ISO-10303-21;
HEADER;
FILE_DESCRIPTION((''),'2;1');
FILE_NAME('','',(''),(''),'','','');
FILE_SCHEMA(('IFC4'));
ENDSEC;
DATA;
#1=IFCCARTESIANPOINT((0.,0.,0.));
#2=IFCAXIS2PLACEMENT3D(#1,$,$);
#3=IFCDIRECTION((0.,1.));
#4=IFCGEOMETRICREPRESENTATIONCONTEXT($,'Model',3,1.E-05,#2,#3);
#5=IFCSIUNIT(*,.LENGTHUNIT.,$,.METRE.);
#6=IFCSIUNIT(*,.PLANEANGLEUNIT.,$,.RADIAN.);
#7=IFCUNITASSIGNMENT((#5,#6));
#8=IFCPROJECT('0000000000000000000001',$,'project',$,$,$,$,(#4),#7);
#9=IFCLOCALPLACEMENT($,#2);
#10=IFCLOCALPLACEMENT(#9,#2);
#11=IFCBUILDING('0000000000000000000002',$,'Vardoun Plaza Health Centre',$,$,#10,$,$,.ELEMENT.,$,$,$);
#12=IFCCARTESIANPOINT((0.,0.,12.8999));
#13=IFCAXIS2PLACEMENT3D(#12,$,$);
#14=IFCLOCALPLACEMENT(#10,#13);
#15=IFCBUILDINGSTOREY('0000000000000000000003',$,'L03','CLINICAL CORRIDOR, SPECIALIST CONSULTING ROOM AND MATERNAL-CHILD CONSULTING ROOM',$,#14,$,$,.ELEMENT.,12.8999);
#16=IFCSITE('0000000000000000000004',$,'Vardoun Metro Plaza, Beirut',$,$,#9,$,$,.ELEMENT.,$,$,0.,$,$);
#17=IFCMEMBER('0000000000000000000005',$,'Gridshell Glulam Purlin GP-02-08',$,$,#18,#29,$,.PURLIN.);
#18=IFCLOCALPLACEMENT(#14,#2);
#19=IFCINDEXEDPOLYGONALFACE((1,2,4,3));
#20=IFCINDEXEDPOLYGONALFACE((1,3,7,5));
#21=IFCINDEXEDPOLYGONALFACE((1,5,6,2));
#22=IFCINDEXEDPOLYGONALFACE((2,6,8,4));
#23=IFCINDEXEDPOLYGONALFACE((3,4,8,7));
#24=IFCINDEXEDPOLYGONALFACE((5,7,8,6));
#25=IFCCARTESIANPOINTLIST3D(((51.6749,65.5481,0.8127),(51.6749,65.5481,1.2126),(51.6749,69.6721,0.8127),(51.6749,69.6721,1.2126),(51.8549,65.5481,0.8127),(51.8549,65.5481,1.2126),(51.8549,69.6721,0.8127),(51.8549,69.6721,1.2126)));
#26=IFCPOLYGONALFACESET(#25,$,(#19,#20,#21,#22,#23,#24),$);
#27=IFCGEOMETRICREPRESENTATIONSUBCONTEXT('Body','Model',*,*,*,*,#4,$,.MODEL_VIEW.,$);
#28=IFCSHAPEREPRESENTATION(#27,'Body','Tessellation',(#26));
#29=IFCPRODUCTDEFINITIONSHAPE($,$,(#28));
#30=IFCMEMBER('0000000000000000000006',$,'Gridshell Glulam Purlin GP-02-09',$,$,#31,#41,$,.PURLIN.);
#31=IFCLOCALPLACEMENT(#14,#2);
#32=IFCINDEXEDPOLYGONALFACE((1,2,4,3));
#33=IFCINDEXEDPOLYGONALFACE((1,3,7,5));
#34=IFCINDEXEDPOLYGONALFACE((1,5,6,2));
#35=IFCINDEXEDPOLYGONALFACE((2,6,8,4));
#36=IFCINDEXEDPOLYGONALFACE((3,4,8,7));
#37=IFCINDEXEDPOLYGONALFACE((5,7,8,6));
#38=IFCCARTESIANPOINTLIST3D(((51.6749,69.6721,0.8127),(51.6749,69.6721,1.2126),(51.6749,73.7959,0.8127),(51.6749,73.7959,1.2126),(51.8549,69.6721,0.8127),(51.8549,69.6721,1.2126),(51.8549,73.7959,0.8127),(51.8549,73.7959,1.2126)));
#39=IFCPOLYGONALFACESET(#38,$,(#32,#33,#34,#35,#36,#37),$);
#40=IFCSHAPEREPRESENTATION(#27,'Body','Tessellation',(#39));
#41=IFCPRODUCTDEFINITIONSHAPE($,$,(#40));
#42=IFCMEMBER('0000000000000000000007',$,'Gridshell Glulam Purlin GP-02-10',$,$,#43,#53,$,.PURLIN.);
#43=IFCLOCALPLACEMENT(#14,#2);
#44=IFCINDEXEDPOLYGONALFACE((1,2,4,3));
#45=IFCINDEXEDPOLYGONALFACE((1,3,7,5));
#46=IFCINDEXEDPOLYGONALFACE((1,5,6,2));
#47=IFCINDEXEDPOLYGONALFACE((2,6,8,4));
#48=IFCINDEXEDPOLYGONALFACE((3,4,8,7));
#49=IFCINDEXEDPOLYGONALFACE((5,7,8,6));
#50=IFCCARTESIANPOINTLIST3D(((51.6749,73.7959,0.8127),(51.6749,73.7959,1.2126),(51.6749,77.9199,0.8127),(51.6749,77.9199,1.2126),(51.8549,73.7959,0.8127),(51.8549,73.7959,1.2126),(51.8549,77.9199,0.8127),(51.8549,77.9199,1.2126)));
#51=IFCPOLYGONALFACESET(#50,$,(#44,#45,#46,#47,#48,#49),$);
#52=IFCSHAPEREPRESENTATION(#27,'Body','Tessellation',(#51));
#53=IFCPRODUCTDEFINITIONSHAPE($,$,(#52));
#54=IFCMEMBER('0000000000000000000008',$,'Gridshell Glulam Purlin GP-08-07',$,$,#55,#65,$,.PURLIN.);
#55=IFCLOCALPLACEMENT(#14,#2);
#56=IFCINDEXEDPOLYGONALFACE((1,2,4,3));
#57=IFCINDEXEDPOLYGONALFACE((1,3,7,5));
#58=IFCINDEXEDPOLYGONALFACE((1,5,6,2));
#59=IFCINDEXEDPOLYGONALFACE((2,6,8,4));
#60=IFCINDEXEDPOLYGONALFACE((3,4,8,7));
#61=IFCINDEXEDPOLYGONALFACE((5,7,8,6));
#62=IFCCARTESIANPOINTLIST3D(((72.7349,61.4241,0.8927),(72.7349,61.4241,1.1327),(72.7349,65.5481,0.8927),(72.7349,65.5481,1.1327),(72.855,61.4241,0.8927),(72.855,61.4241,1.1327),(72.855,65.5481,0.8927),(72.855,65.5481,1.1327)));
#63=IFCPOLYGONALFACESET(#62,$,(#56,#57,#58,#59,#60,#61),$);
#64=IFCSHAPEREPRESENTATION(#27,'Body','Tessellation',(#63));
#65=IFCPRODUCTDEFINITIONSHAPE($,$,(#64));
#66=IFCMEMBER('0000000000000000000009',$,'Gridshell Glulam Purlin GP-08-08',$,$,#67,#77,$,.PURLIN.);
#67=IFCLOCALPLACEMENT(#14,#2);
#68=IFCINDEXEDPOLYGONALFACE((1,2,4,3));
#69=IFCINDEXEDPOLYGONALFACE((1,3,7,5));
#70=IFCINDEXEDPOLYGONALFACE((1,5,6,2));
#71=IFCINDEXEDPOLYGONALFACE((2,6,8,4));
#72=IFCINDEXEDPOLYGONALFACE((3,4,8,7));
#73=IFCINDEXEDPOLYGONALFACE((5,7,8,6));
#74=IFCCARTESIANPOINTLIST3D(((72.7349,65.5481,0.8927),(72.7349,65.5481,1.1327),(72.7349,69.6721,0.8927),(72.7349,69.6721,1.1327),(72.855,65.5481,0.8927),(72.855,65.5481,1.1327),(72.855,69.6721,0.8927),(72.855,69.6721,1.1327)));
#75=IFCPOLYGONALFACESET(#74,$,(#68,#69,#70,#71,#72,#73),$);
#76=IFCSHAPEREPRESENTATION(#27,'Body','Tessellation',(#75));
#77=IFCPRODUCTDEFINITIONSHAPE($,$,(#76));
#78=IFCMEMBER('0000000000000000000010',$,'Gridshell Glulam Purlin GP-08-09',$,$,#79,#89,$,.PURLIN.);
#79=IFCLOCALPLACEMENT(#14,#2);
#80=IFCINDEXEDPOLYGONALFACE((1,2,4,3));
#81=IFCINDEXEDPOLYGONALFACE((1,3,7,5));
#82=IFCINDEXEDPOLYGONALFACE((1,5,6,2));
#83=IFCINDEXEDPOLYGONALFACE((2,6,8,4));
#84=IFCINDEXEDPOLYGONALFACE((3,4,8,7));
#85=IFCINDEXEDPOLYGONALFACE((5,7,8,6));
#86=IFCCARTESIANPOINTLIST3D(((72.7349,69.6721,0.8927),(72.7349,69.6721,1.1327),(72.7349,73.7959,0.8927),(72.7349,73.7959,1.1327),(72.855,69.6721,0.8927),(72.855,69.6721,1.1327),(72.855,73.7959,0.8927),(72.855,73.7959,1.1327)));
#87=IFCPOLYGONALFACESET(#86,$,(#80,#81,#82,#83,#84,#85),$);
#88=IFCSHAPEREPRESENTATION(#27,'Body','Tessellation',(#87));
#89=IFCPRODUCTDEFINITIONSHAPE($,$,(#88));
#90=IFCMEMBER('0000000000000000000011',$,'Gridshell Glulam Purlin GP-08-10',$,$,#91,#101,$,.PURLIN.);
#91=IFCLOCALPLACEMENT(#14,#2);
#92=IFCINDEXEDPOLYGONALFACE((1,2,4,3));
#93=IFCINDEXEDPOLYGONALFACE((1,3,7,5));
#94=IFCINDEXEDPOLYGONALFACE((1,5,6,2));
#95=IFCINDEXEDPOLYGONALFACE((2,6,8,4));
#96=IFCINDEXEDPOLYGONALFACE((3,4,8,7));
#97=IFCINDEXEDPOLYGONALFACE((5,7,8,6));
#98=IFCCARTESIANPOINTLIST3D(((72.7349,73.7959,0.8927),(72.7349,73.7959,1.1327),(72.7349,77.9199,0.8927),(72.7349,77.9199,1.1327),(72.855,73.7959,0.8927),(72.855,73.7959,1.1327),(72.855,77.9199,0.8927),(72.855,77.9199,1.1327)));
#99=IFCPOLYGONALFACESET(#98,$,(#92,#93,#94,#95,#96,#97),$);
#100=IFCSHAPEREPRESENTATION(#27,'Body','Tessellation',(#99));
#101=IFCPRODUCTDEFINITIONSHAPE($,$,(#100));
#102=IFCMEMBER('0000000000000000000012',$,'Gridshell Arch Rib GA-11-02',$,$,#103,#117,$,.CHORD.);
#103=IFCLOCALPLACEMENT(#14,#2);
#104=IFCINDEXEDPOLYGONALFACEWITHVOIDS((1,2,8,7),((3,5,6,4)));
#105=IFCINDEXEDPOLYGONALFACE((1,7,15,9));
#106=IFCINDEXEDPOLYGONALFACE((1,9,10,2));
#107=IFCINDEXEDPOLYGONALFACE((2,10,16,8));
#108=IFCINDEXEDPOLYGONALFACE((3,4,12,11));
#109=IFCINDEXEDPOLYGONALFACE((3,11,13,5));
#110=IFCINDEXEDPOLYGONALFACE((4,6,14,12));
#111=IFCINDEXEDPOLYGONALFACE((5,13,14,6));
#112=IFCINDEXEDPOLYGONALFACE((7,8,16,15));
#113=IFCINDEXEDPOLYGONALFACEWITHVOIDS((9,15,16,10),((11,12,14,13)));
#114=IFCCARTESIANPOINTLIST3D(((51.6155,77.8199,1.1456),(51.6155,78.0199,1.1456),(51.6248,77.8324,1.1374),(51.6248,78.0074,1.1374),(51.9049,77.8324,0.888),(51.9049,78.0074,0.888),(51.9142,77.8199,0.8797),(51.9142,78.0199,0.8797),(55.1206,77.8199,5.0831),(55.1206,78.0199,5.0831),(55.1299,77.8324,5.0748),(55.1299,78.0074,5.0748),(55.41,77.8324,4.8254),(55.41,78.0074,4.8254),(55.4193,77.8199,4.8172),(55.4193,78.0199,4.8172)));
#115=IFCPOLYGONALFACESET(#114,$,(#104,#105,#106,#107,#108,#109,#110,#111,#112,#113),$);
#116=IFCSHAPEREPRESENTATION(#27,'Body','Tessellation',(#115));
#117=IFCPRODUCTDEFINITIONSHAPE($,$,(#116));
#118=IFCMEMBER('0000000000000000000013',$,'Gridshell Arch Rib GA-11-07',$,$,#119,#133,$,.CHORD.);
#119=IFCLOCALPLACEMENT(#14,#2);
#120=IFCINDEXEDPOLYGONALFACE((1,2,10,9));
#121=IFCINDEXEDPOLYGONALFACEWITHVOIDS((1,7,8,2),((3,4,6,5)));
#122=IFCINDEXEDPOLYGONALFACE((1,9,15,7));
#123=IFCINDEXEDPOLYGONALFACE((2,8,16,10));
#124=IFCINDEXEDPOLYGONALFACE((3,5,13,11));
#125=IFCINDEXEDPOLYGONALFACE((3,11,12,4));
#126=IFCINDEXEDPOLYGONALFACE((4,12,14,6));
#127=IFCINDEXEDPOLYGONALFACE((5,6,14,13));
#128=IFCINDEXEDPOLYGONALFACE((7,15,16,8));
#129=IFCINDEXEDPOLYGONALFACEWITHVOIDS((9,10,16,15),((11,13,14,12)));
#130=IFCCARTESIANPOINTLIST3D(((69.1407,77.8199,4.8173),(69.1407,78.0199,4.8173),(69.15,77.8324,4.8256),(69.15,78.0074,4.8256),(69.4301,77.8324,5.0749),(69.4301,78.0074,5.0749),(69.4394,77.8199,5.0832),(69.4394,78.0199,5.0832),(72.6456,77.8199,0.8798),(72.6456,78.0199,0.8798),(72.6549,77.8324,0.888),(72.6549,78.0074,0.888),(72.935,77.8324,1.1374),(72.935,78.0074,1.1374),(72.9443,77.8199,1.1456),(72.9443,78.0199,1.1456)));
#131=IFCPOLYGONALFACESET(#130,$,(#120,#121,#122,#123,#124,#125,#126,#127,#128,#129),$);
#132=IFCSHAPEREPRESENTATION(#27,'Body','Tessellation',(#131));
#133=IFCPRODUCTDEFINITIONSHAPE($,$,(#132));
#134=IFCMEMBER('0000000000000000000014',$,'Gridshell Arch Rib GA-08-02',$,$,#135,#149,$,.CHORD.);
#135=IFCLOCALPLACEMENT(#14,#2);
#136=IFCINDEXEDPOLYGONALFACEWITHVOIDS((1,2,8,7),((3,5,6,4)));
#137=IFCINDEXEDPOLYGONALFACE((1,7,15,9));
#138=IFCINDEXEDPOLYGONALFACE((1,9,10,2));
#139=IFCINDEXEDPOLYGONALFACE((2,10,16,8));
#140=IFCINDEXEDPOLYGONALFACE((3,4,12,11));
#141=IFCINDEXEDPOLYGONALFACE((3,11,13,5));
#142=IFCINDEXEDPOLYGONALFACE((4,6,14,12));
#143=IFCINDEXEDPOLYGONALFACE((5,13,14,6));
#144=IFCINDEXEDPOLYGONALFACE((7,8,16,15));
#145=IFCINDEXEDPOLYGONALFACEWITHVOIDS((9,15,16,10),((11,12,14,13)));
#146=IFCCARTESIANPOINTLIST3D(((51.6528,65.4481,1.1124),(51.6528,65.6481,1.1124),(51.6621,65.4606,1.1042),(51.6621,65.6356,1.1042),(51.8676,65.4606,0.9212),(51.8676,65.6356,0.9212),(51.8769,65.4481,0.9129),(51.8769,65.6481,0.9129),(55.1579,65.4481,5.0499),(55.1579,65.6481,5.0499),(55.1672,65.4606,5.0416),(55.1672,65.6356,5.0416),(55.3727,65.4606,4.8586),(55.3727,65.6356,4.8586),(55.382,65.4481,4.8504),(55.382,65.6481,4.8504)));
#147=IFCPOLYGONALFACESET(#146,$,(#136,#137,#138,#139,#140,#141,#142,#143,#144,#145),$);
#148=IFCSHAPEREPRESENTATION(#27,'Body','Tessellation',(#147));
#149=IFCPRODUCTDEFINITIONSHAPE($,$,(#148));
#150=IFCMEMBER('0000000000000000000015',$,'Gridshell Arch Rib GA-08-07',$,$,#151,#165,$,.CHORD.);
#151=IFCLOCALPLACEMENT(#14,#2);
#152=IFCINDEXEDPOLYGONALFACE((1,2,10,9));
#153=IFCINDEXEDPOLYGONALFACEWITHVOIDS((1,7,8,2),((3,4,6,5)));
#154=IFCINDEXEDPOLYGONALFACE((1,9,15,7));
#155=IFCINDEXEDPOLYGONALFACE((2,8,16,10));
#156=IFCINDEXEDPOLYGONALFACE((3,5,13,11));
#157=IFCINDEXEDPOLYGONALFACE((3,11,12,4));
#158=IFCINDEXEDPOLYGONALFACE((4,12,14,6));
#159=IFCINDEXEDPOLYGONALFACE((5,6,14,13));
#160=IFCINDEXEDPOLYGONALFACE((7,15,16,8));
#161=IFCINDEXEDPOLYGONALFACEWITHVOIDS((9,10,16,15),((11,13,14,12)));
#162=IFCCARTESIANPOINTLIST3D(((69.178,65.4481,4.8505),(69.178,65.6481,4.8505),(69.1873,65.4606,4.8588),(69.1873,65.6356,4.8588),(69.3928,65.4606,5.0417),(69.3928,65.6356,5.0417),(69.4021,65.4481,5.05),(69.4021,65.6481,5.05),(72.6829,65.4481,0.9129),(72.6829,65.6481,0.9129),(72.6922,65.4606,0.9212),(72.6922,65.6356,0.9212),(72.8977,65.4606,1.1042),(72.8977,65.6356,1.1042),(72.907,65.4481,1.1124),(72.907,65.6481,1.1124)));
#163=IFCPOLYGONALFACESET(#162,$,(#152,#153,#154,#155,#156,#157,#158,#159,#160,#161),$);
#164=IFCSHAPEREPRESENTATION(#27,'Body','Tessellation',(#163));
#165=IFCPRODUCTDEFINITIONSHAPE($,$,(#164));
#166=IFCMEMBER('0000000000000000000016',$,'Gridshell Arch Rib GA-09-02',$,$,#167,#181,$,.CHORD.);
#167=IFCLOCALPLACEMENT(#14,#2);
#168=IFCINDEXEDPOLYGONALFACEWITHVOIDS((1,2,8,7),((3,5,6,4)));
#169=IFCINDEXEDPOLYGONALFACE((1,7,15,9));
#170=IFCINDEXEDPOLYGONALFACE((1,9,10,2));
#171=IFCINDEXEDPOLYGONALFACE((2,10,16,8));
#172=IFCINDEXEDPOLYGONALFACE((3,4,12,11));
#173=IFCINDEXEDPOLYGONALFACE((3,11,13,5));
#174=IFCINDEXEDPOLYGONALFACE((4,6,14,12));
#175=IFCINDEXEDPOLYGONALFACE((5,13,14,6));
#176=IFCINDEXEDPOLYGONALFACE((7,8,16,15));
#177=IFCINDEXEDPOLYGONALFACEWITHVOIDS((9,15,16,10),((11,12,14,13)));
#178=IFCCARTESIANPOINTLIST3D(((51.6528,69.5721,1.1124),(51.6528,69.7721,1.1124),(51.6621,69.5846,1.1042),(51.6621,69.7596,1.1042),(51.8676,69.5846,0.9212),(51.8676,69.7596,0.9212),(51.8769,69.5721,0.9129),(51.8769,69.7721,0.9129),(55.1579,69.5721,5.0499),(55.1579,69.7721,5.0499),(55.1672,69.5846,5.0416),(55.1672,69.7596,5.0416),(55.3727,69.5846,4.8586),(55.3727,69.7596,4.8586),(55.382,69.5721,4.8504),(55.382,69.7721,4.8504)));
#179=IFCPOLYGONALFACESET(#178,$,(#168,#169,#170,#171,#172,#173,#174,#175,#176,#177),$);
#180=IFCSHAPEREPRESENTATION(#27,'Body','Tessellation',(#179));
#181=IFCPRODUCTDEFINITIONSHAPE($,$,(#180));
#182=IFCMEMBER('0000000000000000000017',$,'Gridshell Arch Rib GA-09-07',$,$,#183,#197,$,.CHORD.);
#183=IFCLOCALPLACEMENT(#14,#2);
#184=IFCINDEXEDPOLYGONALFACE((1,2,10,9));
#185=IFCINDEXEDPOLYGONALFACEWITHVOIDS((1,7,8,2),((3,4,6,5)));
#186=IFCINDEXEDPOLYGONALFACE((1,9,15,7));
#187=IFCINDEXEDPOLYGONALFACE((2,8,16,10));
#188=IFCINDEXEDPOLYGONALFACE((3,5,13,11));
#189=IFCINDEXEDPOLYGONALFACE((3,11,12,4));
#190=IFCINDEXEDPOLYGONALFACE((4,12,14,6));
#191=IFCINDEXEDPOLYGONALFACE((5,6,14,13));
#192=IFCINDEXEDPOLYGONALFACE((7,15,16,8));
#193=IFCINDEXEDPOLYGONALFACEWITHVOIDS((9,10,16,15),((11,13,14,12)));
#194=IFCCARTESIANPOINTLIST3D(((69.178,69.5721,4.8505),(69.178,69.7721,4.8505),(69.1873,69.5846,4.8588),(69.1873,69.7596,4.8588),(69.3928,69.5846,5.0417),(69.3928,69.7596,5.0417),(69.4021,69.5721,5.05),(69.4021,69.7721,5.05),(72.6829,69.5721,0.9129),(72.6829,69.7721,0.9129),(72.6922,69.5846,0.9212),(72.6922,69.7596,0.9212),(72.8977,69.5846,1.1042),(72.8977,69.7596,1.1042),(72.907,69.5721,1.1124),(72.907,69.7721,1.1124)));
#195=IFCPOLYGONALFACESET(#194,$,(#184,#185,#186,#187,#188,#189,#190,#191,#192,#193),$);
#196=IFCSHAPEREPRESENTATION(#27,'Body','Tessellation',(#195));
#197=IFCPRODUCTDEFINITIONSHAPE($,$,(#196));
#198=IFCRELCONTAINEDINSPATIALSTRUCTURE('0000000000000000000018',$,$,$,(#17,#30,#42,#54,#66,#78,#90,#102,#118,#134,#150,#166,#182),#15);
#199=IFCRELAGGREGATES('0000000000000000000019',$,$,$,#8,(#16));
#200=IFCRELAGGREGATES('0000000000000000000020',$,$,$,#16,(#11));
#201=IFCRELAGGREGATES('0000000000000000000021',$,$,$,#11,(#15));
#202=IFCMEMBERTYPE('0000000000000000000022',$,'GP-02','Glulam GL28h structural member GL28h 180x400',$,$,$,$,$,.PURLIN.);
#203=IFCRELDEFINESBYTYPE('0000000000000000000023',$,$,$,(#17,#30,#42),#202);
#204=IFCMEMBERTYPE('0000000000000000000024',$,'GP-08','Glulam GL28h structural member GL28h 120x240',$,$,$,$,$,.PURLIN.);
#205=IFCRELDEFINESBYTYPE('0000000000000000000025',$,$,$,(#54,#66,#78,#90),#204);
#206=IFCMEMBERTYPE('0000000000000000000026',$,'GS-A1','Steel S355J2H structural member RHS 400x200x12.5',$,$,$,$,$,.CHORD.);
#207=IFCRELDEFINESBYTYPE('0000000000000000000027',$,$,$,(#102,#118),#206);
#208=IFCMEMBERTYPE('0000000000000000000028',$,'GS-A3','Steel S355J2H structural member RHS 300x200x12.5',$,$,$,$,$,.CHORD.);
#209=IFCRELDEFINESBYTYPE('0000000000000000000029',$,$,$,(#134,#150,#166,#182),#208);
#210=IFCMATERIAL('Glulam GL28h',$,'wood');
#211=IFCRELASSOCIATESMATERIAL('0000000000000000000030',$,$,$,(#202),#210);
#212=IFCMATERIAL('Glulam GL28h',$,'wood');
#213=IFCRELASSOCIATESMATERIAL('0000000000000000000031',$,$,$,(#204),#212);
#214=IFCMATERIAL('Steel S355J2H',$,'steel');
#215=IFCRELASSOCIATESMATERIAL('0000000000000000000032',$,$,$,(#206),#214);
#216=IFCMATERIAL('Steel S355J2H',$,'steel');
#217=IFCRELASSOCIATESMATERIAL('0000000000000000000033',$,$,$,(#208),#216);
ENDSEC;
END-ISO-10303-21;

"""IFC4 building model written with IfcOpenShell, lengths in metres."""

from ifc_helpers import new_model, si_unit, direction, frame, origin, origin_2d, place, context, subcontext, project, spatial, rectangle, hollow_rectangle, extrude, material, material_profile, profile_set, type_object, element, save


model = new_model("IFC4")

# Units and contexts
model_context = context("Model", 3, precision=1e-05, world=origin(), true_north=direction((0.0, 1.0)))
body_context = subcontext(model_context, "Body", "Model", "MODEL_VIEW")
ifc_project = project(units=[si_unit("LENGTHUNIT", "METRE"), si_unit("PLANEANGLEUNIT", "RADIAN")], contexts=[model_context])

# Site, building, storey
site_placement = place(None, origin())
site = spatial("IfcSite", under=ifc_project, at=site_placement, Name="Vardoun Metro Plaza, Beirut", CompositionType="ELEMENT", RefElevation=0.0)
building_placement = place(site_placement, origin())
building = spatial("IfcBuilding", under=site, at=building_placement, Name="Vardoun Plaza Health Centre", CompositionType="ELEMENT")
storey_placement = place(building_placement, frame((0.0, 0.0, 12.8999)))
storey = spatial("IfcBuildingStorey", under=building, at=storey_placement, Name="L03", Description="CLINICAL CORRIDOR, SPECIALIST CONSULTING ROOM AND MATERNAL-CHILD CONSULTING ROOM", CompositionType="ELEMENT", Elevation=12.8999)

# Members
ifc_material_1 = material(Name="Glulam GL28h", Category="wood")
ifc_material_profile_1 = material_profile(ifc_material_1, rectangle(XDim=0.1799, YDim=0.3999, at=origin_2d()), Name="GL28h 180x400")
ifc_profile_set_1 = profile_set([ifc_material_profile_1], Name="Glulam GL28h")
member_type_1 = type_object("IfcMemberType", Name="GP-02", Description="Glulam GL28h structural member GL28h 180x400", PredefinedType="PURLIN", material=ifc_profile_set_1)
member_1_placement = place(storey_placement, frame((51.7649, 65.5481, 1.0127), z_axis=(0.0, 1.0, 0.0), x_axis=(-1.0, 0.0, 0.0)))
element("IfcMember", 1, at=member_1_placement, inside=storey, type_object=member_type_1, Name="Gridshell Glulam Purlin GP-02-08", PredefinedType="PURLIN", context=body_context, shape_type="SweptSolid", body=[
    extrude(rectangle(XDim=0.1799, YDim=0.3999, at=origin_2d()), origin(), (0.0, 0.0, 1.0), 4.124),
])
member_2_placement = place(storey_placement, frame((51.7649, 69.6721, 1.0127), z_axis=(0.0, 1.0, 0.0), x_axis=(-1.0, 0.0, 0.0)))
element("IfcMember", 2, at=member_2_placement, inside=storey, type_object=member_type_1, Name="Gridshell Glulam Purlin GP-02-09", PredefinedType="PURLIN", context=body_context, shape_type="SweptSolid", body=[
    extrude(rectangle(XDim=0.1799, YDim=0.3999, at=origin_2d()), origin(), (0.0, 0.0, 1.0), 4.1238),
])
member_3_placement = place(storey_placement, frame((51.7649, 73.7959, 1.0127), z_axis=(0.0, 1.0, 0.0), x_axis=(-1.0, 0.0, 0.0)))
element("IfcMember", 3, at=member_3_placement, inside=storey, type_object=member_type_1, Name="Gridshell Glulam Purlin GP-02-10", PredefinedType="PURLIN", context=body_context, shape_type="SweptSolid", body=[
    extrude(rectangle(XDim=0.1799, YDim=0.3999, at=origin_2d()), origin(), (0.0, 0.0, 1.0), 4.124),
])
ifc_material_2 = material(Name="Glulam GL28h", Category="wood")
ifc_material_profile_2 = material_profile(ifc_material_2, rectangle(XDim=0.1201, YDim=0.24, at=origin_2d()), Name="GL28h 120x240")
ifc_profile_set_2 = profile_set([ifc_material_profile_2], Name="Glulam GL28h")
member_type_2 = type_object("IfcMemberType", Name="GP-08", Description="Glulam GL28h structural member GL28h 120x240", PredefinedType="PURLIN", material=ifc_profile_set_2)
for number, where, z_axis, x_axis, name in (
    (4, (72.7949, 61.4241, 1.0127), (0.0, 1.0, 0.0), (-1.0, 0.0, 0.0), "Gridshell Glulam Purlin GP-08-07"),
    (5, (72.7949, 65.5481, 1.0127), (0.0, 1.0, 0.0), (-1.0, 0.0, 0.0), "Gridshell Glulam Purlin GP-08-08"),
):
    element("IfcMember", number, at=place(storey_placement, frame(where, z_axis=z_axis, x_axis=x_axis)), inside=storey, type_object=member_type_2, Name=name, PredefinedType="PURLIN", context=body_context, shape_type="SweptSolid", body=[
        extrude(rectangle(XDim=0.1201, YDim=0.24, at=origin_2d()), origin(), (0.0, 0.0, 1.0), 4.124),
    ])
member_4_placement = place(storey_placement, frame((72.7949, 69.6721, 1.0127), z_axis=(0.0, 1.0, 0.0), x_axis=(-1.0, 0.0, 0.0)))
element("IfcMember", 6, at=member_4_placement, inside=storey, type_object=member_type_2, Name="Gridshell Glulam Purlin GP-08-09", PredefinedType="PURLIN", context=body_context, shape_type="SweptSolid", body=[
    extrude(rectangle(XDim=0.1201, YDim=0.24, at=origin_2d()), origin(), (0.0, 0.0, 1.0), 4.1238),
])
member_5_placement = place(storey_placement, frame((72.7949, 73.7959, 1.0127), z_axis=(0.0, 1.0, 0.0), x_axis=(-1.0, 0.0, 0.0)))
element("IfcMember", 7, at=member_5_placement, inside=storey, type_object=member_type_2, Name="Gridshell Glulam Purlin GP-08-10", PredefinedType="PURLIN", context=body_context, shape_type="SweptSolid", body=[
    extrude(rectangle(XDim=0.1201, YDim=0.24, at=origin_2d()), origin(), (0.0, 0.0, 1.0), 4.124),
])
ifc_material_3 = material(Name="Steel S355J2H", Category="steel")
ifc_material_profile_3 = material_profile(ifc_material_3, hollow_rectangle(XDim=0.2, YDim=0.3999, WallThickness=0.0125, at=origin_2d()), Name="RHS 400x200x12.5")
ifc_profile_set_3 = profile_set([ifc_material_profile_3], Name="Steel S355J2H")
member_type_3 = type_object("IfcMemberType", Name="GS-A1", Description="Steel S355J2H structural member RHS 400x200x12.5", PredefinedType="CHORD", material=ifc_profile_set_3)
for number, where, z_axis, x_axis, name in (
    (8, (51.7649, 77.9199, 1.0127), (0.664907, 0.0, 0.746926), (0.0, 1.0, 0.0), "Gridshell Arch Rib GA-11-02"),
    (9, (72.7949, 77.9199, 1.0127), (-0.664881, 0.0, 0.746949), (0.0, -1.0, 0.0), "Gridshell Arch Rib GA-11-07"),
):
    element("IfcMember", number, at=place(storey_placement, frame(where, z_axis=z_axis, x_axis=x_axis)), inside=storey, type_object=member_type_3, Name=name, PredefinedType="CHORD", context=body_context, shape_type="SweptSolid", body=[
        extrude(hollow_rectangle(XDim=0.2, YDim=0.3999, WallThickness=0.0125, at=origin_2d()), origin(), (0.0, 0.0, 1.0), 5.2715),
    ])
ifc_material_4 = material(Name="Steel S355J2H", Category="steel")
ifc_material_profile_4 = material_profile(ifc_material_4, hollow_rectangle(XDim=0.2, YDim=0.3, WallThickness=0.0125, at=origin_2d()), Name="RHS 300x200x12.5")
ifc_profile_set_4 = profile_set([ifc_material_profile_4], Name="Steel S355J2H")
member_type_4 = type_object("IfcMemberType", Name="GS-A3", Description="Steel S355J2H structural member RHS 300x200x12.5", PredefinedType="CHORD", material=ifc_profile_set_4)
for number, where, z_axis, x_axis, name in (
    (10, (51.7649, 65.5481, 1.0127), (0.664907, 0.0, 0.746926), (0.0, 1.0, 0.0), "Gridshell Arch Rib GA-08-02"),
    (11, (72.7949, 65.5481, 1.0127), (-0.664881, 0.0, 0.746949), (0.0, -1.0, 0.0), "Gridshell Arch Rib GA-08-07"),
    (12, (51.7649, 69.6721, 1.0127), (0.664907, 0.0, 0.746926), (0.0, 1.0, 0.0), "Gridshell Arch Rib GA-09-02"),
    (13, (72.7949, 69.6721, 1.0127), (-0.664881, 0.0, 0.746949), (0.0, -1.0, 0.0), "Gridshell Arch Rib GA-09-07"),
):
    element("IfcMember", number, at=place(storey_placement, frame(where, z_axis=z_axis, x_axis=x_axis)), inside=storey, type_object=member_type_4, Name=name, PredefinedType="CHORD", context=body_context, shape_type="SweptSolid", body=[
        extrude(hollow_rectangle(XDim=0.2, YDim=0.3, WallThickness=0.0125, at=origin_2d()), origin(), (0.0, 0.0, 1.0), 5.2715),
    ])

save(model, "model.ifc")
